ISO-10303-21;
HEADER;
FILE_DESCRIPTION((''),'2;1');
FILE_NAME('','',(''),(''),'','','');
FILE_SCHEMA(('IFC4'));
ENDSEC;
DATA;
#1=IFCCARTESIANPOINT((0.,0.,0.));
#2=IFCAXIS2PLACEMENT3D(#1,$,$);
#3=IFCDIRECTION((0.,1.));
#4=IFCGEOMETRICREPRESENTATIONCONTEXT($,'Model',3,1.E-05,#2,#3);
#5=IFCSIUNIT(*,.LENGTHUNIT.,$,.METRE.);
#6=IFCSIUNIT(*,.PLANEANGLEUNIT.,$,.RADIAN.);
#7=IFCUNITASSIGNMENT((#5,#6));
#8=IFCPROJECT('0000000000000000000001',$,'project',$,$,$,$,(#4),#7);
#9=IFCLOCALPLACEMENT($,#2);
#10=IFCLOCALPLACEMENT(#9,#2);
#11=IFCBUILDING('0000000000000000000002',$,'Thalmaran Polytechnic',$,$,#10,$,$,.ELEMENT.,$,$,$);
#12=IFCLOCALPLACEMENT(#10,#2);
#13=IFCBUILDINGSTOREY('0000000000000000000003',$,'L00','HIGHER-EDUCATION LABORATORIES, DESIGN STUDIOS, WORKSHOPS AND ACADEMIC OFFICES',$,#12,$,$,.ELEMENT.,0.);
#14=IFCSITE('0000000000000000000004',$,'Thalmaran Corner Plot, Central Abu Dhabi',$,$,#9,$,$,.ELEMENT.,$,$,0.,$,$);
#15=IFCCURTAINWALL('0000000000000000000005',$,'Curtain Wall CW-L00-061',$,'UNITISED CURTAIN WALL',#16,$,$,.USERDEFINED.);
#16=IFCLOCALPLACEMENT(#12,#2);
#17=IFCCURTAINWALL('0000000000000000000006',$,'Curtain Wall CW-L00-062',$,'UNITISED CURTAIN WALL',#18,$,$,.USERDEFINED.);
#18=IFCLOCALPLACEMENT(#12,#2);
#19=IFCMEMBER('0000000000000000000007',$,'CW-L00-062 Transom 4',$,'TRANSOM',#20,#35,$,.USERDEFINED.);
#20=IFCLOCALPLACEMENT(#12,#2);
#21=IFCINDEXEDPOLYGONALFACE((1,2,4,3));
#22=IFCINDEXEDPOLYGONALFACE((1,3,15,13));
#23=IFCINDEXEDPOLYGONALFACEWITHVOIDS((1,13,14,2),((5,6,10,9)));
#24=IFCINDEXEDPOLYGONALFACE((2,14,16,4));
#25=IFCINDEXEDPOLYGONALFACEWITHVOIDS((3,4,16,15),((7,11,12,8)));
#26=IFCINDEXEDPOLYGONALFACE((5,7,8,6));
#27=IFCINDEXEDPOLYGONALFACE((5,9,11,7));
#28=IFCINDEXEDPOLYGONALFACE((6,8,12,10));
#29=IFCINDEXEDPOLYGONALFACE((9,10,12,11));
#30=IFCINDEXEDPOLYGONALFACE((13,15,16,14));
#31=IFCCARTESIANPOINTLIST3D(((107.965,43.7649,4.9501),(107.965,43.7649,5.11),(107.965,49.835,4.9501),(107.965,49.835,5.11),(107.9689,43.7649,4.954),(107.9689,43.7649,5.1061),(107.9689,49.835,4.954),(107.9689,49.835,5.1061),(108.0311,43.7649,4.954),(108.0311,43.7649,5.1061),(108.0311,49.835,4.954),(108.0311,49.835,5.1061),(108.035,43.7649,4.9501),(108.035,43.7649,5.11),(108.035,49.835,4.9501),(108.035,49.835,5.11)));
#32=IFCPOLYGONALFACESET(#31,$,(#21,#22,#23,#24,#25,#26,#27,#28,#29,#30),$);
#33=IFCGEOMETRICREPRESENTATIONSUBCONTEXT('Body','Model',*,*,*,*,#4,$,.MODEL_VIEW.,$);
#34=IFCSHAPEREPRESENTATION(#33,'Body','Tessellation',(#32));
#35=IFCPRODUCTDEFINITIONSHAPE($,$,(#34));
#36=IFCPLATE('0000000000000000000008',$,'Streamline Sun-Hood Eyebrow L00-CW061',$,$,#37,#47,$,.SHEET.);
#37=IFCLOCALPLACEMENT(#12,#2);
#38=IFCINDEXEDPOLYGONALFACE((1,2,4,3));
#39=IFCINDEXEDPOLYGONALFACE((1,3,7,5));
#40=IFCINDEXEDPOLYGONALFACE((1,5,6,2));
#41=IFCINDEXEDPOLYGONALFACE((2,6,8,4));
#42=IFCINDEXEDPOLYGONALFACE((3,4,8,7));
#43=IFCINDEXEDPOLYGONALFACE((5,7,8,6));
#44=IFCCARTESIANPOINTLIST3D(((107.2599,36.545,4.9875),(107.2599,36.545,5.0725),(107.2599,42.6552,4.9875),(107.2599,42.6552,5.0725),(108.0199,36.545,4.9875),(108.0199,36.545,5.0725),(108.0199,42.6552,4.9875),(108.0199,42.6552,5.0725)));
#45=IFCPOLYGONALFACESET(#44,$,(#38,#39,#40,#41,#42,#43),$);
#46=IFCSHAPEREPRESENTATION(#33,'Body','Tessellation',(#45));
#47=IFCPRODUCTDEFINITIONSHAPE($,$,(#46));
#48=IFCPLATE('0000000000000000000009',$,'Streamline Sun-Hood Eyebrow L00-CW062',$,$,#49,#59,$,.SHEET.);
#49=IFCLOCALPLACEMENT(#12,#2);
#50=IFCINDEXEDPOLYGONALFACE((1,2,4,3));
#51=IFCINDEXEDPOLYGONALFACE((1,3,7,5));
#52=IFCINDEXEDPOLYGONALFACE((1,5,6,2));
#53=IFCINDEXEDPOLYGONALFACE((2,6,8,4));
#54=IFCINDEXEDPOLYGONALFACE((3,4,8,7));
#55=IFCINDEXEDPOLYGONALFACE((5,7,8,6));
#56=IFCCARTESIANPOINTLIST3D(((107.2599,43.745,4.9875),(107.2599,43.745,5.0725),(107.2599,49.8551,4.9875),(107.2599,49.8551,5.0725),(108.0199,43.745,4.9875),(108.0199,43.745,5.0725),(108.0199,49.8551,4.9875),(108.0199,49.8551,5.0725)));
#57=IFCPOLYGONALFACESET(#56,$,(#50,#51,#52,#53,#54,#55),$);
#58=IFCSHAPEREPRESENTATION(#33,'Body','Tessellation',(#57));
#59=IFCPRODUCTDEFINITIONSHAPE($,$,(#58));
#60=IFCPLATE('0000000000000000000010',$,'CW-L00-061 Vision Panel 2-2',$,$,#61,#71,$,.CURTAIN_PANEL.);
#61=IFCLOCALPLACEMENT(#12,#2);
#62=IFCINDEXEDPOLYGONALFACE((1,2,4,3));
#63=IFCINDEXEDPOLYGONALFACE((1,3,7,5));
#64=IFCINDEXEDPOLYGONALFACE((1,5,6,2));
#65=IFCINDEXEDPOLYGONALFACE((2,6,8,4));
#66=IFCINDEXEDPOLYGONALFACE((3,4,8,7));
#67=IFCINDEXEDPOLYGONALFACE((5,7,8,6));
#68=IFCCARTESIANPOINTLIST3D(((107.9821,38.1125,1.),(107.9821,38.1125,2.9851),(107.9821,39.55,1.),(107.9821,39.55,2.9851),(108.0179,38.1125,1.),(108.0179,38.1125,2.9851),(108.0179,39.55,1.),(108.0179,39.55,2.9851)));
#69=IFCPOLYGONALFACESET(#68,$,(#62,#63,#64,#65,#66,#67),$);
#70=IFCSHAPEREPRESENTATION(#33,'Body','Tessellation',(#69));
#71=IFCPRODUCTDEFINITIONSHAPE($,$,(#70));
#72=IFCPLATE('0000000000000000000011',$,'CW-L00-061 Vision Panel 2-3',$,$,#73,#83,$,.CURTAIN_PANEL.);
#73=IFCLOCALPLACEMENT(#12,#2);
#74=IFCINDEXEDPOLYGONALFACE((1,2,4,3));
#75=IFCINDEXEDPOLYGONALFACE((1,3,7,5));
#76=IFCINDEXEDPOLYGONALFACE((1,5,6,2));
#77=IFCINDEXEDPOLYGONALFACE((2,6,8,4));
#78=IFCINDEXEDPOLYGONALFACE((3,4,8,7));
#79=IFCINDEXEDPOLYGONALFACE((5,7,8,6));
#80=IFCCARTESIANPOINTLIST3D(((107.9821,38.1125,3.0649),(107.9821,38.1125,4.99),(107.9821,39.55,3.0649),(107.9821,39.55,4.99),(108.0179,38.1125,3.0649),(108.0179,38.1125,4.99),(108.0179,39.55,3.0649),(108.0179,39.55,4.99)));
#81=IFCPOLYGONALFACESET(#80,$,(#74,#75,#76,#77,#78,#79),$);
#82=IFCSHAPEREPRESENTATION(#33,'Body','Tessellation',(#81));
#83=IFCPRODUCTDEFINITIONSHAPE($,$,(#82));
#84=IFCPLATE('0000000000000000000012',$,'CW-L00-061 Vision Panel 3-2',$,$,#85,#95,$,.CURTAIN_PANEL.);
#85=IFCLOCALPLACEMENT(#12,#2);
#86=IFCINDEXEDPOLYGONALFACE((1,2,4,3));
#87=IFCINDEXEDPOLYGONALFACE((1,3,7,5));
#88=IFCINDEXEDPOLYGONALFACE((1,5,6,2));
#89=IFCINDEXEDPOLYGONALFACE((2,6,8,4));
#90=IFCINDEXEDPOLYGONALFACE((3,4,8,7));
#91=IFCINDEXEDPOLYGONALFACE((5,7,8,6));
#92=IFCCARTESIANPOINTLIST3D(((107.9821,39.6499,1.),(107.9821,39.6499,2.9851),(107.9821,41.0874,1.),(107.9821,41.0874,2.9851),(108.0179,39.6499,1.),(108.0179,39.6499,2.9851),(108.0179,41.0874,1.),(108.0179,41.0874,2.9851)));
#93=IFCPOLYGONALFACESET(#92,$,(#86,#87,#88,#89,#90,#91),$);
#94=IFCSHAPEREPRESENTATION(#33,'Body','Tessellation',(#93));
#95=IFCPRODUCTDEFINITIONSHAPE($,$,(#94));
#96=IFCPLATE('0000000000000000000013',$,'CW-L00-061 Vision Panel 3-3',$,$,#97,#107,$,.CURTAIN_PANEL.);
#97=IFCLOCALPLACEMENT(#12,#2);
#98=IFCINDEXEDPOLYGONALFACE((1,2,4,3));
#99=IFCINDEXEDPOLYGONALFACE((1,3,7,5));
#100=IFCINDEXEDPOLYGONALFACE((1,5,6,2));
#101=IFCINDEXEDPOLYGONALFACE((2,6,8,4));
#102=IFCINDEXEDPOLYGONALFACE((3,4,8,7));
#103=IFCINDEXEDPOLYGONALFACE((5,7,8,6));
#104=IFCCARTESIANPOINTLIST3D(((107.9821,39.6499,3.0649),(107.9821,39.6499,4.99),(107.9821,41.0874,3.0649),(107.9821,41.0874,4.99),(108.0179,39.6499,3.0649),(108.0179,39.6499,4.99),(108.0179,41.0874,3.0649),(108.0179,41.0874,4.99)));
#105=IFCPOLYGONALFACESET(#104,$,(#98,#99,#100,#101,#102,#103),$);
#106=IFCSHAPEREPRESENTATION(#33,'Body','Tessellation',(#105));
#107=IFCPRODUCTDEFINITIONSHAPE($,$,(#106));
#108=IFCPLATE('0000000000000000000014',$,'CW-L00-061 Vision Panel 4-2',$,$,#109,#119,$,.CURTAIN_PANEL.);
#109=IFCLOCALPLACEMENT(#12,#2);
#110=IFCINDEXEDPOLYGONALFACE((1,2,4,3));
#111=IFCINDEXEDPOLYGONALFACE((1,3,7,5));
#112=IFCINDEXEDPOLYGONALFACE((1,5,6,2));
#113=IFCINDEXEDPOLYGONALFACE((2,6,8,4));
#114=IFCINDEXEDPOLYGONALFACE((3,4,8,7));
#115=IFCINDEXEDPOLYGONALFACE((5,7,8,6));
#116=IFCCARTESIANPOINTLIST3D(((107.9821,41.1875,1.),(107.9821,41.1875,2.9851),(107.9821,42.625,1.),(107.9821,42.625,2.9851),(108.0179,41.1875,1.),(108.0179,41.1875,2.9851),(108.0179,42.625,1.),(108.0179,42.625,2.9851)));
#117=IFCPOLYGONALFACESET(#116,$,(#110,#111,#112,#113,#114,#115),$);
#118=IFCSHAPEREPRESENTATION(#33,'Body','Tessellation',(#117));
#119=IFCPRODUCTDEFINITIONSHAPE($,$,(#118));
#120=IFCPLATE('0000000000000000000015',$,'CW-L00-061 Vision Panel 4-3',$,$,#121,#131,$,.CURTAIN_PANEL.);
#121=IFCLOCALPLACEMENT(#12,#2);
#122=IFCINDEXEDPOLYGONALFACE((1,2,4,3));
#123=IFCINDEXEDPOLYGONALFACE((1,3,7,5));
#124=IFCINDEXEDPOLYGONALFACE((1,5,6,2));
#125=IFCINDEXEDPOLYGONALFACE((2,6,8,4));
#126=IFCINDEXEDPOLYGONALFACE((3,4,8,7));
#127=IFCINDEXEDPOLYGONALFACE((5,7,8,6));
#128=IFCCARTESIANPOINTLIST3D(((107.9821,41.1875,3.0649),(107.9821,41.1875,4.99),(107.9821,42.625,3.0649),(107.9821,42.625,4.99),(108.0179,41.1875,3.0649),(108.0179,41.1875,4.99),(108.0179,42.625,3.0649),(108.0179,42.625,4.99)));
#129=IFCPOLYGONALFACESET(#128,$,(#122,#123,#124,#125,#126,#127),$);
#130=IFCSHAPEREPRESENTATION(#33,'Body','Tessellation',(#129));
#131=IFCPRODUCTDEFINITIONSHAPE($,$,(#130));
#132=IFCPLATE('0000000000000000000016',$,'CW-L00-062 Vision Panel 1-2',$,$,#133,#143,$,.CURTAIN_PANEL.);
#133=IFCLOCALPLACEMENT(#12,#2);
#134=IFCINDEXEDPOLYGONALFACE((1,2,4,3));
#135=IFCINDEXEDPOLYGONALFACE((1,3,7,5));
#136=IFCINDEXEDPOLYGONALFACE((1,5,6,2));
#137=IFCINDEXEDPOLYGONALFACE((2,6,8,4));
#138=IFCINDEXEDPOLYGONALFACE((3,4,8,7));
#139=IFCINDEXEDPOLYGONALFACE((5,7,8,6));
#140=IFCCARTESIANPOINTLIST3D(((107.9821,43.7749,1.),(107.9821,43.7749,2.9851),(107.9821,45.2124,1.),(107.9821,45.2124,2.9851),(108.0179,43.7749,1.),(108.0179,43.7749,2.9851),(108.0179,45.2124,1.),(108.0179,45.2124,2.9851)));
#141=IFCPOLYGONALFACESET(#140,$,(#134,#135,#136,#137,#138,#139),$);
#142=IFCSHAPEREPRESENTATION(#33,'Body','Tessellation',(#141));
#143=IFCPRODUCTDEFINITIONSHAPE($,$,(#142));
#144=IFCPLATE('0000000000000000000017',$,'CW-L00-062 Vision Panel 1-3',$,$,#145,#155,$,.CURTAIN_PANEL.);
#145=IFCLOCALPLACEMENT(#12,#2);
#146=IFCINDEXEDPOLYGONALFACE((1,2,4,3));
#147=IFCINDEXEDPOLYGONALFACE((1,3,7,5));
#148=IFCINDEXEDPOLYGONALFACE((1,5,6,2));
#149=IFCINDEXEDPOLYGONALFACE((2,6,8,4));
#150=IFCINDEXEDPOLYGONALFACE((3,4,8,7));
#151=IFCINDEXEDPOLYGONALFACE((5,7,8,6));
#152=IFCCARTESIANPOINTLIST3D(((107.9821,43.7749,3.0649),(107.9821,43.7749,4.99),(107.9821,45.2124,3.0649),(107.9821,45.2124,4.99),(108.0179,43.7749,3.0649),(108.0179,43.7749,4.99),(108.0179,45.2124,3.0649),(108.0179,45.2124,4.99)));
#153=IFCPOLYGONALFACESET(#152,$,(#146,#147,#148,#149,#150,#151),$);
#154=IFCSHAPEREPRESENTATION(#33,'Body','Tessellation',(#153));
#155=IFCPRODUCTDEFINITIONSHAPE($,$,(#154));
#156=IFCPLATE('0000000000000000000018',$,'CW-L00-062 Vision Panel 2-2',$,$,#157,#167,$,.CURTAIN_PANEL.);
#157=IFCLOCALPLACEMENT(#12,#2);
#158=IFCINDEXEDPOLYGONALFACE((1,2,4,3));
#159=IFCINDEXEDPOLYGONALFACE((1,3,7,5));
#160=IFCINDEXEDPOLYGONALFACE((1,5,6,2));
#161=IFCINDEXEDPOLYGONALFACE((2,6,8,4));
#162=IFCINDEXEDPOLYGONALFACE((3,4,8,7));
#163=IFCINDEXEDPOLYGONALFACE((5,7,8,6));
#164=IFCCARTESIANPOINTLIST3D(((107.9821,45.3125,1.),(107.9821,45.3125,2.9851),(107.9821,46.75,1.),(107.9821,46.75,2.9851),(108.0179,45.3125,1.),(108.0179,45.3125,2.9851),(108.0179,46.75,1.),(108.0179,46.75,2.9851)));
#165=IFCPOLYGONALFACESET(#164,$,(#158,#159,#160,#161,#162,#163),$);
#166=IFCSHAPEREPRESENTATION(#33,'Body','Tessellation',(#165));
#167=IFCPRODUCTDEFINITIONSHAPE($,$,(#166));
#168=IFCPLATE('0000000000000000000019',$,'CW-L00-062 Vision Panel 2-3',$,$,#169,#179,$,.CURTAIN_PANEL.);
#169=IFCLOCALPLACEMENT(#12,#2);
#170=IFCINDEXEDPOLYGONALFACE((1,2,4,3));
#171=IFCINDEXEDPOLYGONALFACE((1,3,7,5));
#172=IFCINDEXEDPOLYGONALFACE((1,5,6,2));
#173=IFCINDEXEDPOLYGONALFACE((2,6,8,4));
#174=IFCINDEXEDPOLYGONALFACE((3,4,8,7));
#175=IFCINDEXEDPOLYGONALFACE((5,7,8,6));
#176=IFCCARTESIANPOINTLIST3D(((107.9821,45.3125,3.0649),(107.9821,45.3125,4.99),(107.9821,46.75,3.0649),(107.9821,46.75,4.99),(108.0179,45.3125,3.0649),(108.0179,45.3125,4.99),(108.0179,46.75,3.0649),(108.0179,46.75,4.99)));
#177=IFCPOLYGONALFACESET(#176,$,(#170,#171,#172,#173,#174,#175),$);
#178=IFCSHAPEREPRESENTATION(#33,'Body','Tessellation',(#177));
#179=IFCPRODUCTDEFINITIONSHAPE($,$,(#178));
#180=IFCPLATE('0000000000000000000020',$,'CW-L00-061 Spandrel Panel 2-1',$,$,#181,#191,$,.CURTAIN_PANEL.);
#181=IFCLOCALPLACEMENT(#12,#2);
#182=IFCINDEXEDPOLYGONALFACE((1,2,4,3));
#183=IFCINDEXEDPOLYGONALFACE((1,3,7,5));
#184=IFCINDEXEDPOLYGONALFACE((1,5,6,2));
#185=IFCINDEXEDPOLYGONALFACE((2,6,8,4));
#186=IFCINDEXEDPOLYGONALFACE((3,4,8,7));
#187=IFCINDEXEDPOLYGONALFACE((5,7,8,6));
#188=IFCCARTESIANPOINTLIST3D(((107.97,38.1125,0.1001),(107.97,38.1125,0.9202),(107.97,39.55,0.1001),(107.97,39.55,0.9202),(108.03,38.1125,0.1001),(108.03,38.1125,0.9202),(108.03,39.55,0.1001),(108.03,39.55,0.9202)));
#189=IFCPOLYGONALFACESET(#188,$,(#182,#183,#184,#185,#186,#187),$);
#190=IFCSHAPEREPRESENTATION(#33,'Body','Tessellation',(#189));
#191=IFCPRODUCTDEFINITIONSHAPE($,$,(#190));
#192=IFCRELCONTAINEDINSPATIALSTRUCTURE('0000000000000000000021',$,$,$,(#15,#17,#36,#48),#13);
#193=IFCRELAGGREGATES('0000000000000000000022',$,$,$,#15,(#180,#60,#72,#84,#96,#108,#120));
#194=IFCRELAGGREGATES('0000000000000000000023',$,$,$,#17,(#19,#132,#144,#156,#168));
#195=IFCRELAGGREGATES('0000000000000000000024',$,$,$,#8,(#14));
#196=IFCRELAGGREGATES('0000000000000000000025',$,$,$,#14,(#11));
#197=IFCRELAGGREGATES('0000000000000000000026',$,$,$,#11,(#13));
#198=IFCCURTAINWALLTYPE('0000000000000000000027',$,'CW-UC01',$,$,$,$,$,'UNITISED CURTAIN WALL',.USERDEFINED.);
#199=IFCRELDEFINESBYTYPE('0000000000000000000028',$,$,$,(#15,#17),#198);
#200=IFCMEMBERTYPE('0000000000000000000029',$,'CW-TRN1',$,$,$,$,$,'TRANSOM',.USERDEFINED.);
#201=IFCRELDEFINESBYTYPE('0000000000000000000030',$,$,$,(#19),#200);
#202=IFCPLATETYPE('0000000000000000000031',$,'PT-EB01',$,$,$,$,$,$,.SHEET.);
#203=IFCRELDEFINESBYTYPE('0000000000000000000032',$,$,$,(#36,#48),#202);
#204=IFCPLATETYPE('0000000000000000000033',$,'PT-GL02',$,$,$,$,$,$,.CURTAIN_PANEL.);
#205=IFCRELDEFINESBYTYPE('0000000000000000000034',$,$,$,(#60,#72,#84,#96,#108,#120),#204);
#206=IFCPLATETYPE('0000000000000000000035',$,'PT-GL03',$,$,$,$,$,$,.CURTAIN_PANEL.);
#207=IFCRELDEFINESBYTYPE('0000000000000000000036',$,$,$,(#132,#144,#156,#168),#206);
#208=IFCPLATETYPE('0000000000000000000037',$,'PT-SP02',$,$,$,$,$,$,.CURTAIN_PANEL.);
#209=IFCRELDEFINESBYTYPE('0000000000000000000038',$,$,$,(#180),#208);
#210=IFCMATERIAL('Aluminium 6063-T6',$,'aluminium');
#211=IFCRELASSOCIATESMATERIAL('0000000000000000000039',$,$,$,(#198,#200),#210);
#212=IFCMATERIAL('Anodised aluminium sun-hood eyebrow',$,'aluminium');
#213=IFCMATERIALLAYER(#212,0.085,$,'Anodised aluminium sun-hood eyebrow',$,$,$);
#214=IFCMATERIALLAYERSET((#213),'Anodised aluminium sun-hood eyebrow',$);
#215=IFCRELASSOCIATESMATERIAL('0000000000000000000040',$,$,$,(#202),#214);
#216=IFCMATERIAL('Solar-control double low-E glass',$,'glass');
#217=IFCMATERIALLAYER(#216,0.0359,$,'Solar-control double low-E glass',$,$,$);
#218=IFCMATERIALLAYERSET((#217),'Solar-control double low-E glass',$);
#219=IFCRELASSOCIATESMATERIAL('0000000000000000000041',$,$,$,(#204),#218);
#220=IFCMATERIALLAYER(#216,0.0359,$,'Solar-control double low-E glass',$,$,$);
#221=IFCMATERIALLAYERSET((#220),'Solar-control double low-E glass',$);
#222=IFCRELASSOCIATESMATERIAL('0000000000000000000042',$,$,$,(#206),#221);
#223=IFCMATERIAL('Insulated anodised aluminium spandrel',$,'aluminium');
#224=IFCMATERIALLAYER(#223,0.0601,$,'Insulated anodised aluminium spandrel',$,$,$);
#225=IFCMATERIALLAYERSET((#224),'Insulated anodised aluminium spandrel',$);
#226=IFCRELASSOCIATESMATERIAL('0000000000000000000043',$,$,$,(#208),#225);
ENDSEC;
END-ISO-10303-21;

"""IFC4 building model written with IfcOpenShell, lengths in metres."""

from ifc_helpers import new_model, si_unit, direction, frame, origin, origin_2d, place, context, subcontext, project, spatial, rectangle, hollow_rectangle, extrude, material, layer, layer_set, material_profile, profile_set, type_object, element, aggregate, save


model = new_model("IFC4")

# Units and contexts
model_context = context("Model", 3, precision=1e-05, world=origin(), true_north=direction((0.0, 1.0)))
body_context = subcontext(model_context, "Body", "Model", "MODEL_VIEW")
ifc_project = project(units=[si_unit("LENGTHUNIT", "METRE"), si_unit("PLANEANGLEUNIT", "RADIAN")], contexts=[model_context])

# Site, building, storey
site_placement = place(None, origin())
site = spatial("IfcSite", under=ifc_project, at=site_placement, Name="Thalmaran Corner Plot, Central Abu Dhabi", CompositionType="ELEMENT", RefElevation=0.0)
building_placement = place(site_placement, origin())
building = spatial("IfcBuilding", under=site, at=building_placement, Name="Thalmaran Polytechnic", CompositionType="ELEMENT")
storey_placement = place(building_placement, origin())
storey = spatial("IfcBuildingStorey", under=building, at=storey_placement, Name="L00", Description="HIGHER-EDUCATION LABORATORIES, DESIGN STUDIOS, WORKSHOPS AND ACADEMIC OFFICES", CompositionType="ELEMENT", Elevation=0.0)

# Curtain walls, member
ifc_material_1 = material(Name="Aluminium 6063-T6", Category="aluminium")
curtain_wall_type = type_object("IfcCurtainWallType", Name="CW-UC01", ElementType="UNITISED CURTAIN WALL", PredefinedType="USERDEFINED", material=ifc_material_1)
curtain_wall_1_placement = place(storey_placement, origin())
curtain_wall_1 = element("IfcCurtainWall", 1, at=curtain_wall_1_placement, inside=storey, type_object=curtain_wall_type, Name="Curtain Wall CW-L00-061", ObjectType="UNITISED CURTAIN WALL", PredefinedType="USERDEFINED")
curtain_wall_2_placement = place(storey_placement, origin())
curtain_wall_2 = element("IfcCurtainWall", 2, at=curtain_wall_2_placement, inside=storey, type_object=curtain_wall_type, Name="Curtain Wall CW-L00-062", ObjectType="UNITISED CURTAIN WALL", PredefinedType="USERDEFINED")
ifc_material_profile_1 = material_profile(ifc_material_1, hollow_rectangle(XDim=0.0701, YDim=0.1599, WallThickness=0.0039, at=origin_2d()), Name="AL 160x70x4.0")
ifc_profile_set_1 = profile_set([ifc_material_profile_1], Name="Aluminium 6063-T6")
member_type_1 = type_object("IfcMemberType", Name="CW-TRN1", ElementType="TRANSOM", PredefinedType="USERDEFINED", material=ifc_profile_set_1)
member_1_placement = place(storey_placement, frame((108.0, 43.7649, 5.03), z_axis=(0.0, 1.0, 0.0), x_axis=(-1.0, 0.0, 0.0)))
member_1 = element("IfcMember", 3, at=member_1_placement, type_object=member_type_1, Name="CW-L00-062 Transom 4", ObjectType="TRANSOM", PredefinedType="USERDEFINED", context=body_context, shape_type="SweptSolid", body=[
    extrude(hollow_rectangle(XDim=0.0701, YDim=0.1599, WallThickness=0.0039, at=origin_2d()), origin(), (0.0, 0.0, 1.0), 6.0701),
])

# Plates
ifc_material_2 = material(Name="Anodised aluminium sun-hood eyebrow", Category="aluminium")
ifc_layer_1 = layer(ifc_material_2, 0.085, Name="Anodised aluminium sun-hood eyebrow")
ifc_layer_set_1 = layer_set([ifc_layer_1], Name="Anodised aluminium sun-hood eyebrow")
plate_type_1 = type_object("IfcPlateType", Name="PT-EB01", PredefinedType="SHEET", material=ifc_layer_set_1)
for number, where, z_axis, x_axis, name in (
    (4, (107.6399, 39.6001, 4.9875), (0.0, 0.0, 1.0), (0.0, 1.0, 0.0), "Streamline Sun-Hood Eyebrow L00-CW061"),
    (5, (107.6399, 46.8, 4.9875), (0.0, 0.0, 1.0), (0.0, 1.0, 0.0), "Streamline Sun-Hood Eyebrow L00-CW062"),
):
    element("IfcPlate", number, at=place(storey_placement, frame(where, z_axis=z_axis, x_axis=x_axis)), inside=storey, type_object=plate_type_1, Name=name, PredefinedType="SHEET", context=body_context, shape_type="SweptSolid", body=[
        extrude(rectangle(XDim=6.1101, YDim=0.76, at=origin_2d()), origin(), (0.0, 0.0, 1.0), 0.085),
    ])

# Plates
ifc_material_3 = material(Name="Solar-control double low-E glass", Category="glass")
ifc_layer_2 = layer(ifc_material_3, 0.0359, Name="Solar-control double low-E glass")
ifc_layer_set_2 = layer_set([ifc_layer_2], Name="Solar-control double low-E glass")
plate_type_2 = type_object("IfcPlateType", Name="PT-GL02", PredefinedType="CURTAIN_PANEL", material=ifc_layer_set_2)
plate_1_placement = place(storey_placement, frame((108.0, 38.8313, 1.0), z_axis=(0.0, 0.0, 1.0), x_axis=(0.0, 1.0, 0.0)))
plate_1 = element("IfcPlate", 6, at=plate_1_placement, type_object=plate_type_2, Name="CW-L00-061 Vision Panel 2-2", PredefinedType="CURTAIN_PANEL", context=body_context, shape_type="SweptSolid", body=[
    extrude(rectangle(XDim=1.4375, YDim=0.0359, at=origin_2d()), origin(), (0.0, 0.0, 1.0), 1.9851),
])
plate_2_placement = place(storey_placement, frame((108.0, 38.8313, 3.0649), z_axis=(0.0, 0.0, 1.0), x_axis=(0.0, 1.0, 0.0)))
plate_2 = element("IfcPlate", 7, at=plate_2_placement, type_object=plate_type_2, Name="CW-L00-061 Vision Panel 2-3", PredefinedType="CURTAIN_PANEL", context=body_context, shape_type="SweptSolid", body=[
    extrude(rectangle(XDim=1.4375, YDim=0.0359, at=origin_2d()), origin(), (0.0, 0.0, 1.0), 1.925),
])
plate_3_placement = place(storey_placement, frame((108.0, 40.3687, 1.0), z_axis=(0.0, 0.0, 1.0), x_axis=(0.0, 1.0, 0.0)))
plate_3 = element("IfcPlate", 8, at=plate_3_placement, type_object=plate_type_2, Name="CW-L00-061 Vision Panel 3-2", PredefinedType="CURTAIN_PANEL", context=body_context, shape_type="SweptSolid", body=[
    extrude(rectangle(XDim=1.4375, YDim=0.0359, at=origin_2d()), origin(), (0.0, 0.0, 1.0), 1.9851),
])
plate_4_placement = place(storey_placement, frame((108.0, 40.3687, 3.0649), z_axis=(0.0, 0.0, 1.0), x_axis=(0.0, 1.0, 0.0)))
plate_4 = element("IfcPlate", 9, at=plate_4_placement, type_object=plate_type_2, Name="CW-L00-061 Vision Panel 3-3", PredefinedType="CURTAIN_PANEL", context=body_context, shape_type="SweptSolid", body=[
    extrude(rectangle(XDim=1.4375, YDim=0.0359, at=origin_2d()), origin(), (0.0, 0.0, 1.0), 1.925),
])
plate_5_placement = place(storey_placement, frame((108.0, 41.9062, 1.0), z_axis=(0.0, 0.0, 1.0), x_axis=(0.0, 1.0, 0.0)))
plate_5 = element("IfcPlate", 10, at=plate_5_placement, type_object=plate_type_2, Name="CW-L00-061 Vision Panel 4-2", PredefinedType="CURTAIN_PANEL", context=body_context, shape_type="SweptSolid", body=[
    extrude(rectangle(XDim=1.4375, YDim=0.0359, at=origin_2d()), origin(), (0.0, 0.0, 1.0), 1.9851),
])
plate_6_placement = place(storey_placement, frame((108.0, 41.9062, 3.0649), z_axis=(0.0, 0.0, 1.0), x_axis=(0.0, 1.0, 0.0)))
plate_6 = element("IfcPlate", 11, at=plate_6_placement, type_object=plate_type_2, Name="CW-L00-061 Vision Panel 4-3", PredefinedType="CURTAIN_PANEL", context=body_context, shape_type="SweptSolid", body=[
    extrude(rectangle(XDim=1.4375, YDim=0.0359, at=origin_2d()), origin(), (0.0, 0.0, 1.0), 1.925),
])
ifc_layer_3 = layer(ifc_material_3, 0.0359, Name="Solar-control double low-E glass")
ifc_layer_set_3 = layer_set([ifc_layer_3], Name="Solar-control double low-E glass")
plate_type_3 = type_object("IfcPlateType", Name="PT-GL03", PredefinedType="CURTAIN_PANEL", material=ifc_layer_set_3)
plate_7_placement = place(storey_placement, frame((108.0, 44.4937, 1.0), z_axis=(0.0, 0.0, 1.0), x_axis=(0.0, 1.0, 0.0)))
plate_7 = element("IfcPlate", 12, at=plate_7_placement, type_object=plate_type_3, Name="CW-L00-062 Vision Panel 1-2", PredefinedType="CURTAIN_PANEL", context=body_context, shape_type="SweptSolid", body=[
    extrude(rectangle(XDim=1.4375, YDim=0.0359, at=origin_2d()), origin(), (0.0, 0.0, 1.0), 1.9851),
])
plate_8_placement = place(storey_placement, frame((108.0, 44.4937, 3.0649), z_axis=(0.0, 0.0, 1.0), x_axis=(0.0, 1.0, 0.0)))
plate_8 = element("IfcPlate", 13, at=plate_8_placement, type_object=plate_type_3, Name="CW-L00-062 Vision Panel 1-3", PredefinedType="CURTAIN_PANEL", context=body_context, shape_type="SweptSolid", body=[
    extrude(rectangle(XDim=1.4375, YDim=0.0359, at=origin_2d()), origin(), (0.0, 0.0, 1.0), 1.925),
])
plate_9_placement = place(storey_placement, frame((108.0, 46.0312, 1.0), z_axis=(0.0, 0.0, 1.0), x_axis=(0.0, 1.0, 0.0)))
plate_9 = element("IfcPlate", 14, at=plate_9_placement, type_object=plate_type_3, Name="CW-L00-062 Vision Panel 2-2", PredefinedType="CURTAIN_PANEL", context=body_context, shape_type="SweptSolid", body=[
    extrude(rectangle(XDim=1.4375, YDim=0.0359, at=origin_2d()), origin(), (0.0, 0.0, 1.0), 1.9851),
])
plate_10_placement = place(storey_placement, frame((108.0, 46.0312, 3.0649), z_axis=(0.0, 0.0, 1.0), x_axis=(0.0, 1.0, 0.0)))
plate_10 = element("IfcPlate", 15, at=plate_10_placement, type_object=plate_type_3, Name="CW-L00-062 Vision Panel 2-3", PredefinedType="CURTAIN_PANEL", context=body_context, shape_type="SweptSolid", body=[
    extrude(rectangle(XDim=1.4375, YDim=0.0359, at=origin_2d()), origin(), (0.0, 0.0, 1.0), 1.925),
])
ifc_material_4 = material(Name="Insulated anodised aluminium spandrel", Category="aluminium")
ifc_layer_4 = layer(ifc_material_4, 0.0601, Name="Insulated anodised aluminium spandrel")
ifc_layer_set_4 = layer_set([ifc_layer_4], Name="Insulated anodised aluminium spandrel")
plate_type_4 = type_object("IfcPlateType", Name="PT-SP02", PredefinedType="CURTAIN_PANEL", material=ifc_layer_set_4)
plate_11_placement = place(storey_placement, frame((108.0, 38.8313, 0.1001), z_axis=(0.0, 0.0, 1.0), x_axis=(0.0, 1.0, 0.0)))
plate_11 = element("IfcPlate", 16, at=plate_11_placement, type_object=plate_type_4, Name="CW-L00-061 Spandrel Panel 2-1", PredefinedType="CURTAIN_PANEL", context=body_context, shape_type="SweptSolid", body=[
    extrude(rectangle(XDim=1.4375, YDim=0.0601, at=origin_2d()), origin(), (0.0, 0.0, 1.0), 0.8201),
])
aggregate(curtain_wall_1, [plate_11, plate_1, plate_2, plate_3, plate_4, plate_5, plate_6])
aggregate(curtain_wall_2, [member_1, plate_7, plate_8, plate_9, plate_10])

save(model, "model.ifc")
